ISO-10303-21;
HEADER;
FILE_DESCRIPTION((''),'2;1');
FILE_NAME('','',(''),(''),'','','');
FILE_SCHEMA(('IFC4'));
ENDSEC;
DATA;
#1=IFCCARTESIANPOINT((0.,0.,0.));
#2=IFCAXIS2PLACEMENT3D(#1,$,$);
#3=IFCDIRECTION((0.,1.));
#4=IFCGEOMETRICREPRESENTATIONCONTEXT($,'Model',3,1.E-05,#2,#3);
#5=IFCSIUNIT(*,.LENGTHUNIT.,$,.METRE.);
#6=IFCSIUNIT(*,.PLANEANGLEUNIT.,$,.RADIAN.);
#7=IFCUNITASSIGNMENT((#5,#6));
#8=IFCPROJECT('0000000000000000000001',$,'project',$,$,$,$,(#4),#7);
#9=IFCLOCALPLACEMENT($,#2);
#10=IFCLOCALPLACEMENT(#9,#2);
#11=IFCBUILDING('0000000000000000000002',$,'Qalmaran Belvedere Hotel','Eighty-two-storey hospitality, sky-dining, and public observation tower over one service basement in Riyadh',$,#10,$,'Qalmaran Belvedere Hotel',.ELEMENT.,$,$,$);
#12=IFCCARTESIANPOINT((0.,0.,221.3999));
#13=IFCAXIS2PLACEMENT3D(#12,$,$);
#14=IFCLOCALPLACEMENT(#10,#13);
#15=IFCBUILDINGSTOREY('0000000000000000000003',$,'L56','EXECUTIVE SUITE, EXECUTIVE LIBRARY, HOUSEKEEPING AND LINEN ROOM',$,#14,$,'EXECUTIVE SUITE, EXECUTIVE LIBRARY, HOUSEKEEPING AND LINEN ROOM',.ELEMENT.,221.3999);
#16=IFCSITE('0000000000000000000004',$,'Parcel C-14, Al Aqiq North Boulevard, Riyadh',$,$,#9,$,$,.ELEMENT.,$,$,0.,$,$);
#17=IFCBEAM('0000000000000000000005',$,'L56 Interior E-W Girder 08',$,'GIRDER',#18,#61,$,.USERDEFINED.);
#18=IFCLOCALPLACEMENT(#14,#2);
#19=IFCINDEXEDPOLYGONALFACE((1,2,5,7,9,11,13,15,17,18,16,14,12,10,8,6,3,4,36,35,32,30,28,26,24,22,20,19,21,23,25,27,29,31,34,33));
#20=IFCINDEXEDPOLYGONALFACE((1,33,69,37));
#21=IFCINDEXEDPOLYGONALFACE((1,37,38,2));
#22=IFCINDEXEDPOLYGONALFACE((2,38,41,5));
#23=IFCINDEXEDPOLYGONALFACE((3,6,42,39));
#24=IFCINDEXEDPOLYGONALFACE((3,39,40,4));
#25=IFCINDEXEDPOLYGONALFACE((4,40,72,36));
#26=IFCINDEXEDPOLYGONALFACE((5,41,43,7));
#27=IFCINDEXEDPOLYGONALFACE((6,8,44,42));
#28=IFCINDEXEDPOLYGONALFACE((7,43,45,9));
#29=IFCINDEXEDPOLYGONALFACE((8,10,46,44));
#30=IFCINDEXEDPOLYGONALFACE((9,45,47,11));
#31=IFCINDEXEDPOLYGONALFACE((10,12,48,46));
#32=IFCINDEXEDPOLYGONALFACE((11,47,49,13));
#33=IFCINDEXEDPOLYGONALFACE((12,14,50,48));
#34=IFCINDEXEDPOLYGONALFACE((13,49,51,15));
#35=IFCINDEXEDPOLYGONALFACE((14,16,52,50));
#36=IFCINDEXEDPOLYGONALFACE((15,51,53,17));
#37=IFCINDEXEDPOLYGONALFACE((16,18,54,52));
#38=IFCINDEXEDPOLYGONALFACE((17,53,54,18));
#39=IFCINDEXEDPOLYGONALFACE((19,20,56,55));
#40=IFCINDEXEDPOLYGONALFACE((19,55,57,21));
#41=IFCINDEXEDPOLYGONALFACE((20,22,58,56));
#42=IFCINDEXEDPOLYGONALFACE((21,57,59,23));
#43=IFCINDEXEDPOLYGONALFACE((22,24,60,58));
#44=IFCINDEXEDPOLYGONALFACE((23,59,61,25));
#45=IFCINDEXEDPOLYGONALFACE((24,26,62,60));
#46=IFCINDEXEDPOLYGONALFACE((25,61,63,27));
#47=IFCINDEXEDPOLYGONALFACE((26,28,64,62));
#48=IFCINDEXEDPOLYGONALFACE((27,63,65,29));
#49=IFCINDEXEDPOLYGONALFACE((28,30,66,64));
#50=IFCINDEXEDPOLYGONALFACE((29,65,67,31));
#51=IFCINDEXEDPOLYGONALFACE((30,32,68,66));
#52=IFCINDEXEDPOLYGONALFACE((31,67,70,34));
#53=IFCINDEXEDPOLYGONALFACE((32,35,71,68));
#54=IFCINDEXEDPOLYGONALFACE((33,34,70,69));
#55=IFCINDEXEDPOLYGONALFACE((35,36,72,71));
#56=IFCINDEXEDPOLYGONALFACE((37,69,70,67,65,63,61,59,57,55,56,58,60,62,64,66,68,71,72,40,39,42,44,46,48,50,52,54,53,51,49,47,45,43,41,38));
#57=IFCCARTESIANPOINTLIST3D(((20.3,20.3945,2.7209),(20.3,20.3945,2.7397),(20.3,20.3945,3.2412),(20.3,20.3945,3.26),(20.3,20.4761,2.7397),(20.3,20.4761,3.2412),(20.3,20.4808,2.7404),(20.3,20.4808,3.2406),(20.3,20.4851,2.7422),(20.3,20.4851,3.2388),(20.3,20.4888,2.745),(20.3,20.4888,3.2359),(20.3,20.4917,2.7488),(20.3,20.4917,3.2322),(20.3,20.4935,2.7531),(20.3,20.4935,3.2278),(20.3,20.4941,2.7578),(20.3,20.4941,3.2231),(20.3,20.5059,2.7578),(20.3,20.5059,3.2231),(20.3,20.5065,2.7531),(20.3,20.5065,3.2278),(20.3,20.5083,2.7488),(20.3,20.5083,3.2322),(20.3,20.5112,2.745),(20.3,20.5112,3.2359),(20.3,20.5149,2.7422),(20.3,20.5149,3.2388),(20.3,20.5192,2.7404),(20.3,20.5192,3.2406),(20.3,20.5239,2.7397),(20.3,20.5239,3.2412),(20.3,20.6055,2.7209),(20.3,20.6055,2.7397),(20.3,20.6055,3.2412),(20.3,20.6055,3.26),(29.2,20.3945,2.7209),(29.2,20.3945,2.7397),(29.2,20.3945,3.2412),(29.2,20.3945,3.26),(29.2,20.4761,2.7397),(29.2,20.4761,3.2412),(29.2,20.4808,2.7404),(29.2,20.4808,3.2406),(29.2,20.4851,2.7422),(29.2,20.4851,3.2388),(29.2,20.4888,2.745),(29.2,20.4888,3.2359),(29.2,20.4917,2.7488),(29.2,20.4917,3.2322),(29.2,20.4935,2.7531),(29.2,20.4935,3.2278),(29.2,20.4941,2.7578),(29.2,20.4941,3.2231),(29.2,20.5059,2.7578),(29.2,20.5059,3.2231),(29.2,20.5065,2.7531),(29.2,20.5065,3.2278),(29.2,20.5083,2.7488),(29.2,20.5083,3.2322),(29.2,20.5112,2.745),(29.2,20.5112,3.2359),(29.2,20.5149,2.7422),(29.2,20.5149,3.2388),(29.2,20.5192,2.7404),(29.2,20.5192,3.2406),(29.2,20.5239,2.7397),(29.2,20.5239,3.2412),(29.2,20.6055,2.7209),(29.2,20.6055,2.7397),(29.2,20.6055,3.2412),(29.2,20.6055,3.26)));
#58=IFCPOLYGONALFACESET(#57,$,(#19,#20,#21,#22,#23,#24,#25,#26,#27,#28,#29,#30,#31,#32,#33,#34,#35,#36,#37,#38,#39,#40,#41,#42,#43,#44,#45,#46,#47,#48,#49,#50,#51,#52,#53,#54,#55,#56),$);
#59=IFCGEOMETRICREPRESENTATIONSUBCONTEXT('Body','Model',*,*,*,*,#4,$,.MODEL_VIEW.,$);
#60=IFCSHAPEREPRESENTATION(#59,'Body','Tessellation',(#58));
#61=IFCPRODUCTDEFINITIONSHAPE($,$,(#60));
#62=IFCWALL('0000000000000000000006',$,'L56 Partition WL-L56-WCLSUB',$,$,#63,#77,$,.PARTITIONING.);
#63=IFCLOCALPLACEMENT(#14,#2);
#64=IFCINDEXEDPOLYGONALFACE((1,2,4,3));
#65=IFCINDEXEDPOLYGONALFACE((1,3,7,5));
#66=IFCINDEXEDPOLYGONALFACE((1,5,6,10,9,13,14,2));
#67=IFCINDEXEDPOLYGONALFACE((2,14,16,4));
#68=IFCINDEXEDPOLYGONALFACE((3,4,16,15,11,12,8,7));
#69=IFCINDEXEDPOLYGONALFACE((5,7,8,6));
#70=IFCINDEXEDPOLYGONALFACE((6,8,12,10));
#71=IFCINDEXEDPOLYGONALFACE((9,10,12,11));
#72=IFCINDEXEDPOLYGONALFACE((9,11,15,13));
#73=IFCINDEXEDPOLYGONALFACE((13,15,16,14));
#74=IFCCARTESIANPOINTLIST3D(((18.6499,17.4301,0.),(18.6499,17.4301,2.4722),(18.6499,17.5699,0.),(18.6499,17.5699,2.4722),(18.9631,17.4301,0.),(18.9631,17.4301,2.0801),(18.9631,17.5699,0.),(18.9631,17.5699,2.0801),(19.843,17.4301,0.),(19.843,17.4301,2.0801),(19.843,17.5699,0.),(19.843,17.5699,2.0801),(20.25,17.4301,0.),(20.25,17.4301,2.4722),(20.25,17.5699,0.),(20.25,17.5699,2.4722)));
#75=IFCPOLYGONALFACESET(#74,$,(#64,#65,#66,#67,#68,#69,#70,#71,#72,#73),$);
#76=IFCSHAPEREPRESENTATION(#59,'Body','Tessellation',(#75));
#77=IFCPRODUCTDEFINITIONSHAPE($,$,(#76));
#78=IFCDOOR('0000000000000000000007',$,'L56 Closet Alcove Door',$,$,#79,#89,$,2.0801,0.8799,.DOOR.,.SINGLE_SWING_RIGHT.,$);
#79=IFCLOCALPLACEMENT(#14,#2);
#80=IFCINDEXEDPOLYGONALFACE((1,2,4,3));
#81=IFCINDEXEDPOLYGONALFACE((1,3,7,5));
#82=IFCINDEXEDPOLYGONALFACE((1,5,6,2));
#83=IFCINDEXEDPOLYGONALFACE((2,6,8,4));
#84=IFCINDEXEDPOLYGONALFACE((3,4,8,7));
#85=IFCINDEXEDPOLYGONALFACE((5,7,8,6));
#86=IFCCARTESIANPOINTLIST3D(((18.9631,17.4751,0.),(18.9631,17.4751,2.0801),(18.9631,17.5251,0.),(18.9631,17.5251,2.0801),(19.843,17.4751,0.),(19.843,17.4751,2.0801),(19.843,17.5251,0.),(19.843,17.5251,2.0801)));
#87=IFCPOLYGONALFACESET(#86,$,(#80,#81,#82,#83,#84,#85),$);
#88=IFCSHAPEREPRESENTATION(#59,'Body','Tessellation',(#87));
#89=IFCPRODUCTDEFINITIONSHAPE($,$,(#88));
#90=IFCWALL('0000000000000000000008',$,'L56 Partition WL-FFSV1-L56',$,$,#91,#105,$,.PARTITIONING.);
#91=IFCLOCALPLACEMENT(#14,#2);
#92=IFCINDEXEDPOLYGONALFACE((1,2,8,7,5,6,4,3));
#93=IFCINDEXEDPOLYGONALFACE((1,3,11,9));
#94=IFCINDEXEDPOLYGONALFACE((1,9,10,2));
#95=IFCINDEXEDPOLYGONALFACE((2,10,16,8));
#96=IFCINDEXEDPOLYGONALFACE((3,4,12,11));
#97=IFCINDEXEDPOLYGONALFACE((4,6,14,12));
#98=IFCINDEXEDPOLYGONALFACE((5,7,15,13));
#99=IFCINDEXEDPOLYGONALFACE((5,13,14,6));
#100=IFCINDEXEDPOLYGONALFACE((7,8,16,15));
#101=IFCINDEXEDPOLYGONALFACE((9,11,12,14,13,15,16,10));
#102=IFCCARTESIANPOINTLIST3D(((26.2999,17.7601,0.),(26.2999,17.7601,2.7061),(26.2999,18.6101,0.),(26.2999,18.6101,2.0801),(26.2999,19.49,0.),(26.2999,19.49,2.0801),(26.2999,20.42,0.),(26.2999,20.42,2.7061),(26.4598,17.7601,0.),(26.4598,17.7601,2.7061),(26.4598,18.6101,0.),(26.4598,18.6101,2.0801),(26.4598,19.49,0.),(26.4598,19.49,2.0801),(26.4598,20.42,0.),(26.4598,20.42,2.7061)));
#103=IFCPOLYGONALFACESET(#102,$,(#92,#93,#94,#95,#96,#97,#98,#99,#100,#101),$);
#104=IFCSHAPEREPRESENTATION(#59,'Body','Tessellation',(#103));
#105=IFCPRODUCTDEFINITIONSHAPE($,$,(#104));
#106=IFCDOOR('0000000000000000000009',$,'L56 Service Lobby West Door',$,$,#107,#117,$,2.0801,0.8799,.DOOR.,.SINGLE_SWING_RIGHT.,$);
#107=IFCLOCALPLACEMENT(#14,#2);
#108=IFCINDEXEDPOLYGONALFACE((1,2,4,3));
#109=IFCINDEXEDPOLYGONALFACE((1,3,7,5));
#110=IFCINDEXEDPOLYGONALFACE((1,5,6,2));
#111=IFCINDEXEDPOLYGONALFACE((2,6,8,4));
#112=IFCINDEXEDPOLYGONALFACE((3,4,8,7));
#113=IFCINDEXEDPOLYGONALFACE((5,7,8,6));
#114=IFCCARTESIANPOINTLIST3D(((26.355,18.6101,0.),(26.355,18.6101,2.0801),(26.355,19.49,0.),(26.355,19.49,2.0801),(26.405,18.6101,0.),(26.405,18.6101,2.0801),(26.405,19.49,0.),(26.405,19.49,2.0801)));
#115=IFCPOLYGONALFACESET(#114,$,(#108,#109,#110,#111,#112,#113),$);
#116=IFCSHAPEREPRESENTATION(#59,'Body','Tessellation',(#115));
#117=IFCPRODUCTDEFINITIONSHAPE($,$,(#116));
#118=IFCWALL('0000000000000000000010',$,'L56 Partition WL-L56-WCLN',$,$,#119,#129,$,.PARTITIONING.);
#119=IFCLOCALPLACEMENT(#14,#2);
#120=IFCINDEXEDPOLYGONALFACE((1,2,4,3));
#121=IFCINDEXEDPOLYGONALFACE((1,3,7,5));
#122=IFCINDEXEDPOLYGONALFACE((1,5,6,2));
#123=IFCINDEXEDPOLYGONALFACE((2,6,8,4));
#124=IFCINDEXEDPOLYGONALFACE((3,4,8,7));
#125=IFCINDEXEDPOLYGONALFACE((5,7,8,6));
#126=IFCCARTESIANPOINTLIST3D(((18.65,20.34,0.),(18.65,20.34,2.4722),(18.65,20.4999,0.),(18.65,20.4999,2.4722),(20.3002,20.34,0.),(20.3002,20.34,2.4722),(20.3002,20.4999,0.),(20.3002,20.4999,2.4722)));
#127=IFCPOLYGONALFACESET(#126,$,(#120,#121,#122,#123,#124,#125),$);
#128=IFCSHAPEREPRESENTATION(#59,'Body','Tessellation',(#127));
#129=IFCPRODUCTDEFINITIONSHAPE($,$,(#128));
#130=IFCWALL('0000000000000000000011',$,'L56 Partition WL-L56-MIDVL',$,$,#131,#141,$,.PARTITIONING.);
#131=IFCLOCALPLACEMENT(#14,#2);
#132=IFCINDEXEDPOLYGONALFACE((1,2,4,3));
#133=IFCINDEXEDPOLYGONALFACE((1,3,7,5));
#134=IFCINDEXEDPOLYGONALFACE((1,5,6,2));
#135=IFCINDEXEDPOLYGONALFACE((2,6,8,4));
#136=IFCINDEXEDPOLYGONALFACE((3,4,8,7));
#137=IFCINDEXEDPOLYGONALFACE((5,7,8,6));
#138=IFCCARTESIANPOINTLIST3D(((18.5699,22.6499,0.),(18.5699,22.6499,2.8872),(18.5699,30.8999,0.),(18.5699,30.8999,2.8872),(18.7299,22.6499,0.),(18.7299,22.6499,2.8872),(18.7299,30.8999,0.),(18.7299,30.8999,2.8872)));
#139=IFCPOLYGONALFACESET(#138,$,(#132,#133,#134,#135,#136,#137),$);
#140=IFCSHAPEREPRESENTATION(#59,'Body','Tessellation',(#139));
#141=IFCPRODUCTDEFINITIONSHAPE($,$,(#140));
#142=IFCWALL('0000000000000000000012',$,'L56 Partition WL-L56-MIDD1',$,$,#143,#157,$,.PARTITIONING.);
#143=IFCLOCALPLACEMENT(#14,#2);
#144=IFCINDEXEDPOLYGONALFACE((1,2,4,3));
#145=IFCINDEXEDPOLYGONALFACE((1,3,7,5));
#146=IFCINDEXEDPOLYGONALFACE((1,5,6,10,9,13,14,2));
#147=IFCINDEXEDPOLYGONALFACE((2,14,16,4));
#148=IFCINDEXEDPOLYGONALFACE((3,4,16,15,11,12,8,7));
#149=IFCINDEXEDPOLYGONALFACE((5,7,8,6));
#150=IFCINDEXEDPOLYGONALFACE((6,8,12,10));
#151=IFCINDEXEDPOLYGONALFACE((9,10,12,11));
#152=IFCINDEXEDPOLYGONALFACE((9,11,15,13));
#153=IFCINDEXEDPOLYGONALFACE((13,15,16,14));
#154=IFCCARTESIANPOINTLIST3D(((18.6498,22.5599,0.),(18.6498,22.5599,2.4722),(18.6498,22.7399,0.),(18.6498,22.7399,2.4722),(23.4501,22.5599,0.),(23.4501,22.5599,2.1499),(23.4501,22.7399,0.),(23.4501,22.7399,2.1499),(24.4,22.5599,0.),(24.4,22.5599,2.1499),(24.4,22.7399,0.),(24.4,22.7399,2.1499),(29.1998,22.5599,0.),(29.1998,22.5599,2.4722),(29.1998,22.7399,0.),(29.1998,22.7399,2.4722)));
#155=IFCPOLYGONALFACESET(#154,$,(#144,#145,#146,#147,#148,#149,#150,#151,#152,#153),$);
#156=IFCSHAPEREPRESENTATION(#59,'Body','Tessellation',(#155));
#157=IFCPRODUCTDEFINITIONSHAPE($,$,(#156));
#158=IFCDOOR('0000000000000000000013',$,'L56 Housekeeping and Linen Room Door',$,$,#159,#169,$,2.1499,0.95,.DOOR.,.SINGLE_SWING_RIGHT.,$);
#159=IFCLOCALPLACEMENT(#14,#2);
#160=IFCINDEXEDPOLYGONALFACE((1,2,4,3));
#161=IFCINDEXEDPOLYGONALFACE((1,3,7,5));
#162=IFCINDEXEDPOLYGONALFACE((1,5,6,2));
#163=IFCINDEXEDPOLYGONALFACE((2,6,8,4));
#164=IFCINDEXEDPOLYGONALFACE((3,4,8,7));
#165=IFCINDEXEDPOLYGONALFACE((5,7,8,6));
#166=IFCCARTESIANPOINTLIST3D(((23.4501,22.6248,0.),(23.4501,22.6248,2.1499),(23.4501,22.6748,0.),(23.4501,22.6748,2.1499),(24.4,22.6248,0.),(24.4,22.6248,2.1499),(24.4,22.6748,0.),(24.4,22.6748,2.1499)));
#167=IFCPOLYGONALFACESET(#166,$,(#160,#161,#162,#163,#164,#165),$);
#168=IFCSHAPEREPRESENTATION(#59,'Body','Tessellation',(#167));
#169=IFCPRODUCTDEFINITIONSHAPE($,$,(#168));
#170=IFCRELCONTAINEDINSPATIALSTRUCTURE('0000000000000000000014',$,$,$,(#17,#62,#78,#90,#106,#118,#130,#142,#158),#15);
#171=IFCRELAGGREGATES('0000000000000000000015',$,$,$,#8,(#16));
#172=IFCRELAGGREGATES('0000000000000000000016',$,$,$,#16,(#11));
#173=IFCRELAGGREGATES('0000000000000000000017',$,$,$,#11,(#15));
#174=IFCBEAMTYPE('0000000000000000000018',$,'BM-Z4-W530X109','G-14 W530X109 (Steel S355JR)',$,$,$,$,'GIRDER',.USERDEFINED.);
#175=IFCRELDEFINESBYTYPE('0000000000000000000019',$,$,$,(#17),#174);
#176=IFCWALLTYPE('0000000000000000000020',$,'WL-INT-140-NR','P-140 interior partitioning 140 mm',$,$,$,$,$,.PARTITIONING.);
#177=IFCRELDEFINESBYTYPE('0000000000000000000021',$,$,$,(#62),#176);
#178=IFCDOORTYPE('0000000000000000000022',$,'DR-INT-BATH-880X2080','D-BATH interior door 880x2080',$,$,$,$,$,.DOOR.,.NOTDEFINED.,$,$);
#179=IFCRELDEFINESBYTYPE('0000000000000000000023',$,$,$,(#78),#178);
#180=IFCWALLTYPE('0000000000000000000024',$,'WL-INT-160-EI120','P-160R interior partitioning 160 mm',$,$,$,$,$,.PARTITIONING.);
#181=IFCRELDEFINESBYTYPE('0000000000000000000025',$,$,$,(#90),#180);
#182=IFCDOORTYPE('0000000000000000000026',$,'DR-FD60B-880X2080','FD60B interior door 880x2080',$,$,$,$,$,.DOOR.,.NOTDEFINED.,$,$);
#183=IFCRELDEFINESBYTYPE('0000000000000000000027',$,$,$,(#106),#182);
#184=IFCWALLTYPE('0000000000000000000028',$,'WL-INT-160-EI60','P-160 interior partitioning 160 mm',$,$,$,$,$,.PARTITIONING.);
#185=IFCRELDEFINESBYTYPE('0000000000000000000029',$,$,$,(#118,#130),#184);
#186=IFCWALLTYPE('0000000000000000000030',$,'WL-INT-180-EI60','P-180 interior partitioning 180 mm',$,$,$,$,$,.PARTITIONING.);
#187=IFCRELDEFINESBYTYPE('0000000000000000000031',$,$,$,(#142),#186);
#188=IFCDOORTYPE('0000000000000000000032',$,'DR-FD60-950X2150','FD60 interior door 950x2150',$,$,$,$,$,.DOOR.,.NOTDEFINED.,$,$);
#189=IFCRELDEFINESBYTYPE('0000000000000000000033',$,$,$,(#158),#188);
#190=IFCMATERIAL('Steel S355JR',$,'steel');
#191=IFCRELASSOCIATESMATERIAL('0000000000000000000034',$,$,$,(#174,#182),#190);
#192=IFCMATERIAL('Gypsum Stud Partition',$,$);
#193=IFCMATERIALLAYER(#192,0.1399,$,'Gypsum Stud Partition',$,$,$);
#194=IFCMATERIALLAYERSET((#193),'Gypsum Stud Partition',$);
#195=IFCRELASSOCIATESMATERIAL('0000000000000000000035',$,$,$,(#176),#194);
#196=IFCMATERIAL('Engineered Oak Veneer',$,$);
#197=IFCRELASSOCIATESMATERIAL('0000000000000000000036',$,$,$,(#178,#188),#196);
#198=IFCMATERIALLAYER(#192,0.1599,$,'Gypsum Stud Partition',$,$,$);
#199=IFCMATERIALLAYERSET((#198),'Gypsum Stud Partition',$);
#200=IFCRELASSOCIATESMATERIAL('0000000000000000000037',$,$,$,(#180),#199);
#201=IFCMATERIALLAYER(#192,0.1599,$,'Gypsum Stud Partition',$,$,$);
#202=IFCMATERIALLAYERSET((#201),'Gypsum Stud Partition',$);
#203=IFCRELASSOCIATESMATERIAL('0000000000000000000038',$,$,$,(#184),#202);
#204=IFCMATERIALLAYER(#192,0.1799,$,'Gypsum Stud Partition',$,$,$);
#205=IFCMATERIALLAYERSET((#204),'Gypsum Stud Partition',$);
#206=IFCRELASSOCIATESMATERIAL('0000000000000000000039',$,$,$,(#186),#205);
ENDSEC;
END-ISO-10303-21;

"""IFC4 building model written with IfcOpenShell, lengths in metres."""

from ifc_helpers import new_model, si_unit, direction, frame, frame_2d, origin, origin_2d, place, context, subcontext, project, spatial, rectangle, i_section, extrude, material, layer, layer_set, material_profile, profile_set, type_object, element, fill, save


model = new_model("IFC4")

# Units and contexts
model_context = context("Model", 3, precision=1e-05, world=origin(), true_north=direction((0.0, 1.0)))
body_context = subcontext(model_context, "Body", "Model", "MODEL_VIEW")
ifc_project = project(units=[si_unit("LENGTHUNIT", "METRE"), si_unit("PLANEANGLEUNIT", "RADIAN")], contexts=[model_context])

# Site, building, storey
site_placement = place(None, origin())
site = spatial("IfcSite", under=ifc_project, at=site_placement, Name="Parcel C-14, Al Aqiq North Boulevard, Riyadh", CompositionType="ELEMENT", RefElevation=0.0)
building_placement = place(site_placement, origin())
building = spatial("IfcBuilding", under=site, at=building_placement, Name="Qalmaran Belvedere Hotel", Description="Eighty-two-storey hospitality, sky-dining, and public observation tower over one service basement in Riyadh", LongName="Qalmaran Belvedere Hotel", CompositionType="ELEMENT")
storey_placement = place(building_placement, frame((0.0, 0.0, 221.3999)))
storey = spatial("IfcBuildingStorey", under=building, at=storey_placement, Name="L56", Description="EXECUTIVE SUITE, EXECUTIVE LIBRARY, HOUSEKEEPING AND LINEN ROOM", LongName="EXECUTIVE SUITE, EXECUTIVE LIBRARY, HOUSEKEEPING AND LINEN ROOM", CompositionType="ELEMENT", Elevation=221.3999)

# Beam
ifc_material_1 = material(Name="Steel S355JR", Category="steel")
ifc_material_profile_1 = material_profile(ifc_material_1, i_section(OverallWidth=0.2109, OverallDepth=0.5391, WebThickness=0.0117, FlangeThickness=0.0188, FilletRadius=0.0181, at=origin_2d()), Name="W530X109")
ifc_profile_set_1 = profile_set([ifc_material_profile_1], Name="Steel S355JR")
beam_type_1 = type_object("IfcBeamType", Name="BM-Z4-W530X109", Description="G-14 W530X109 (Steel S355JR)", ElementType="GIRDER", PredefinedType="USERDEFINED", material=ifc_profile_set_1)
beam_1_placement = place(storey_placement, frame((20.3, 20.5, 2.9905), z_axis=(1.0, 0.0, 0.0), x_axis=(0.0, 1.0, 0.0)))
element("IfcBeam", 1, at=beam_1_placement, inside=storey, type_object=beam_type_1, Name="L56 Interior E-W Girder 08", ObjectType="GIRDER", PredefinedType="USERDEFINED", context=body_context, shape_type="SweptSolid", body=[
    extrude(i_section(OverallWidth=0.2109, OverallDepth=0.5391, WebThickness=0.0117, FlangeThickness=0.0188, FilletRadius=0.0181, at=origin_2d()), origin(), (0.0, 0.0, 1.0), 8.8999),
])

# Walls, openings, doors
ifc_material_2 = material(Name="Gypsum Stud Partition")
ifc_layer_1 = layer(ifc_material_2, 0.1399, Name="Gypsum Stud Partition")
ifc_layer_set_1 = layer_set([ifc_layer_1], Name="Gypsum Stud Partition")
wall_type_1 = type_object("IfcWallType", Name="WL-INT-140-NR", Description="P-140 interior partitioning 140 mm", PredefinedType="PARTITIONING", material=ifc_layer_set_1)
wall_1_placement = place(storey_placement, frame((18.6499, 17.5, 0.0), z_axis=(0.0, 0.0, 1.0), x_axis=(1.0, 0.0, 0.0)))
wall_1 = element("IfcWall", 2, at=wall_1_placement, inside=storey, type_object=wall_type_1, Name="L56 Partition WL-L56-WCLSUB", PredefinedType="PARTITIONING", context=body_context, shape_type="SweptSolid", body=[
    extrude(rectangle(XDim=1.6001, YDim=0.1399, at=frame_2d((0.8, 0.0))), origin(), (0.0, 0.0, 1.0), 2.4722),
])
opening_1_placement = place(wall_1_placement, frame((1.1931, 0.0, 0.0), z_axis=(0.0, 0.0, 1.0), x_axis=(-1.0, 0.0, 0.0)))
opening_1 = element("IfcOpeningElement", 3, at=opening_1_placement, cuts=wall_1, PredefinedType="OPENING", context=body_context, shape_type="SweptSolid", body=[
    extrude(rectangle(XDim=0.8799, YDim=2.0801, at=frame_2d((0.4399, 1.04))), frame((0.0, 0.0801, 0.0), z_axis=(0.0, -1.0, 0.0), x_axis=(1.0, 0.0, 0.0)), (0.0, 0.0, 1.0), 0.1599),
])
ifc_material_3 = material(Name="Engineered Oak Veneer")
door_type_1 = type_object("IfcDoorType", Name="DR-INT-BATH-880X2080", Description="D-BATH interior door 880x2080", OperationType="NOTDEFINED", PredefinedType="DOOR", material=ifc_material_3)
door_1_placement = place(opening_1_placement, origin())
door_1 = element("IfcDoor", 4, at=door_1_placement, inside=storey, type_object=door_type_1, Name="L56 Closet Alcove Door", OperationType="SINGLE_SWING_RIGHT", OverallHeight=2.0801, OverallWidth=0.8799, PredefinedType="DOOR", context=body_context, shape_type="SweptSolid", body=[
    extrude(rectangle(XDim=0.8799, YDim=2.0801, at=frame_2d((0.4399, 1.04))), frame((0.0, 0.0249, 0.0), z_axis=(0.0, -1.0, 0.0), x_axis=(1.0, 0.0, 0.0)), (0.0, 0.0, 1.0), 0.05),
])
fill(opening_1, door_1)
ifc_layer_2 = layer(ifc_material_2, 0.1599, Name="Gypsum Stud Partition")
ifc_layer_set_2 = layer_set([ifc_layer_2], Name="Gypsum Stud Partition")
wall_type_2 = type_object("IfcWallType", Name="WL-INT-160-EI120", Description="P-160R interior partitioning 160 mm", PredefinedType="PARTITIONING", material=ifc_layer_set_2)
wall_2_placement = place(storey_placement, frame((26.3799, 17.76, 0.0), z_axis=(0.0, 0.0, 1.0), x_axis=(0.0, 1.0, 0.0)))
wall_2 = element("IfcWall", 5, at=wall_2_placement, inside=storey, type_object=wall_type_2, Name="L56 Partition WL-FFSV1-L56", PredefinedType="PARTITIONING", context=body_context, shape_type="SweptSolid", body=[
    extrude(rectangle(XDim=2.6599, YDim=0.1599, at=frame_2d((1.3301, 0.0))), origin(), (0.0, 0.0, 1.0), 2.7061),
])
opening_2_placement = place(wall_2_placement, frame((0.8501, 0.0, 0.0)))
opening_2 = element("IfcOpeningElement", 6, at=opening_2_placement, cuts=wall_2, PredefinedType="OPENING", context=body_context, shape_type="SweptSolid", body=[
    extrude(rectangle(XDim=0.8799, YDim=2.0801, at=frame_2d((0.4399, 1.04))), frame((0.0, 0.0898, 0.0), z_axis=(0.0, -1.0, 0.0), x_axis=(1.0, 0.0, 0.0)), (0.0, 0.0, 1.0), 0.1799),
])
door_type_2 = type_object("IfcDoorType", Name="DR-FD60B-880X2080", Description="FD60B interior door 880x2080", OperationType="NOTDEFINED", PredefinedType="DOOR", material=ifc_material_1)
door_2_placement = place(opening_2_placement, origin())
door_2 = element("IfcDoor", 7, at=door_2_placement, inside=storey, type_object=door_type_2, Name="L56 Service Lobby West Door", OperationType="SINGLE_SWING_RIGHT", OverallHeight=2.0801, OverallWidth=0.8799, PredefinedType="DOOR", context=body_context, shape_type="SweptSolid", body=[
    extrude(rectangle(XDim=0.8799, YDim=2.0801, at=frame_2d((0.4399, 1.04))), frame((0.0, 0.0249, 0.0), z_axis=(0.0, -1.0, 0.0), x_axis=(1.0, 0.0, 0.0)), (0.0, 0.0, 1.0), 0.05),
])
fill(opening_2, door_2)

# Walls
ifc_layer_3 = layer(ifc_material_2, 0.1599, Name="Gypsum Stud Partition")
ifc_layer_set_3 = layer_set([ifc_layer_3], Name="Gypsum Stud Partition")
wall_type_3 = type_object("IfcWallType", Name="WL-INT-160-EI60", Description="P-160 interior partitioning 160 mm", PredefinedType="PARTITIONING", material=ifc_layer_set_3)
wall_3_placement = place(storey_placement, frame((18.6499, 20.4199, 0.0), z_axis=(0.0, 0.0, 1.0), x_axis=(1.0, 0.0, 0.0)))
element("IfcWall", 8, at=wall_3_placement, inside=storey, type_object=wall_type_3, Name="L56 Partition WL-L56-WCLN", PredefinedType="PARTITIONING", context=body_context, shape_type="SweptSolid", body=[
    extrude(rectangle(XDim=1.6501, YDim=0.1599, at=frame_2d((0.8252, 0.0))), origin(), (0.0, 0.0, 1.0), 2.4722),
])
wall_4_placement = place(storey_placement, frame((18.6499, 22.6499, 0.0), z_axis=(0.0, 0.0, 1.0), x_axis=(0.0, 1.0, 0.0)))
element("IfcWall", 9, at=wall_4_placement, inside=storey, type_object=wall_type_3, Name="L56 Partition WL-L56-MIDVL", PredefinedType="PARTITIONING", context=body_context, shape_type="SweptSolid", body=[
    extrude(rectangle(XDim=8.25, YDim=0.1599, at=frame_2d((4.125, 0.0))), origin(), (0.0, 0.0, 1.0), 2.8872),
])

# Wall, opening, door
ifc_layer_4 = layer(ifc_material_2, 0.1799, Name="Gypsum Stud Partition")
ifc_layer_set_4 = layer_set([ifc_layer_4], Name="Gypsum Stud Partition")
wall_type_4 = type_object("IfcWallType", Name="WL-INT-180-EI60", Description="P-180 interior partitioning 180 mm", PredefinedType="PARTITIONING", material=ifc_layer_set_4)
wall_5_placement = place(storey_placement, frame((18.6499, 22.6499, 0.0), z_axis=(0.0, 0.0, 1.0), x_axis=(1.0, 0.0, 0.0)))
wall_5 = element("IfcWall", 10, at=wall_5_placement, inside=storey, type_object=wall_type_4, Name="L56 Partition WL-L56-MIDD1", PredefinedType="PARTITIONING", context=body_context, shape_type="SweptSolid", body=[
    extrude(rectangle(XDim=10.55, YDim=0.1799, at=frame_2d((5.2749, 0.0))), origin(), (0.0, 0.0, 1.0), 2.4722),
])
opening_3_placement = place(wall_5_placement, frame((4.8, 0.0, 0.0)))
opening_3 = element("IfcOpeningElement", 11, at=opening_3_placement, cuts=wall_5, PredefinedType="OPENING", context=body_context, shape_type="SweptSolid", body=[
    extrude(rectangle(XDim=0.95, YDim=2.1499, at=frame_2d((0.4751, 1.075))), frame((0.0, 0.1001, 0.0), z_axis=(0.0, -1.0, 0.0), x_axis=(1.0, 0.0, 0.0)), (0.0, 0.0, 1.0), 0.2),
])
door_type_3 = type_object("IfcDoorType", Name="DR-FD60-950X2150", Description="FD60 interior door 950x2150", OperationType="NOTDEFINED", PredefinedType="DOOR", material=ifc_material_3)
door_3_placement = place(opening_3_placement, origin())
door_3 = element("IfcDoor", 12, at=door_3_placement, inside=storey, type_object=door_type_3, Name="L56 Housekeeping and Linen Room Door", OperationType="SINGLE_SWING_RIGHT", OverallHeight=2.1499, OverallWidth=0.95, PredefinedType="DOOR", context=body_context, shape_type="SweptSolid", body=[
    extrude(rectangle(XDim=0.95, YDim=2.1499, at=frame_2d((0.4751, 1.075))), frame((0.0, 0.0249, 0.0), z_axis=(0.0, -1.0, 0.0), x_axis=(1.0, 0.0, 0.0)), (0.0, 0.0, 1.0), 0.05),
])
fill(opening_3, door_3)

save(model, "model.ifc")
